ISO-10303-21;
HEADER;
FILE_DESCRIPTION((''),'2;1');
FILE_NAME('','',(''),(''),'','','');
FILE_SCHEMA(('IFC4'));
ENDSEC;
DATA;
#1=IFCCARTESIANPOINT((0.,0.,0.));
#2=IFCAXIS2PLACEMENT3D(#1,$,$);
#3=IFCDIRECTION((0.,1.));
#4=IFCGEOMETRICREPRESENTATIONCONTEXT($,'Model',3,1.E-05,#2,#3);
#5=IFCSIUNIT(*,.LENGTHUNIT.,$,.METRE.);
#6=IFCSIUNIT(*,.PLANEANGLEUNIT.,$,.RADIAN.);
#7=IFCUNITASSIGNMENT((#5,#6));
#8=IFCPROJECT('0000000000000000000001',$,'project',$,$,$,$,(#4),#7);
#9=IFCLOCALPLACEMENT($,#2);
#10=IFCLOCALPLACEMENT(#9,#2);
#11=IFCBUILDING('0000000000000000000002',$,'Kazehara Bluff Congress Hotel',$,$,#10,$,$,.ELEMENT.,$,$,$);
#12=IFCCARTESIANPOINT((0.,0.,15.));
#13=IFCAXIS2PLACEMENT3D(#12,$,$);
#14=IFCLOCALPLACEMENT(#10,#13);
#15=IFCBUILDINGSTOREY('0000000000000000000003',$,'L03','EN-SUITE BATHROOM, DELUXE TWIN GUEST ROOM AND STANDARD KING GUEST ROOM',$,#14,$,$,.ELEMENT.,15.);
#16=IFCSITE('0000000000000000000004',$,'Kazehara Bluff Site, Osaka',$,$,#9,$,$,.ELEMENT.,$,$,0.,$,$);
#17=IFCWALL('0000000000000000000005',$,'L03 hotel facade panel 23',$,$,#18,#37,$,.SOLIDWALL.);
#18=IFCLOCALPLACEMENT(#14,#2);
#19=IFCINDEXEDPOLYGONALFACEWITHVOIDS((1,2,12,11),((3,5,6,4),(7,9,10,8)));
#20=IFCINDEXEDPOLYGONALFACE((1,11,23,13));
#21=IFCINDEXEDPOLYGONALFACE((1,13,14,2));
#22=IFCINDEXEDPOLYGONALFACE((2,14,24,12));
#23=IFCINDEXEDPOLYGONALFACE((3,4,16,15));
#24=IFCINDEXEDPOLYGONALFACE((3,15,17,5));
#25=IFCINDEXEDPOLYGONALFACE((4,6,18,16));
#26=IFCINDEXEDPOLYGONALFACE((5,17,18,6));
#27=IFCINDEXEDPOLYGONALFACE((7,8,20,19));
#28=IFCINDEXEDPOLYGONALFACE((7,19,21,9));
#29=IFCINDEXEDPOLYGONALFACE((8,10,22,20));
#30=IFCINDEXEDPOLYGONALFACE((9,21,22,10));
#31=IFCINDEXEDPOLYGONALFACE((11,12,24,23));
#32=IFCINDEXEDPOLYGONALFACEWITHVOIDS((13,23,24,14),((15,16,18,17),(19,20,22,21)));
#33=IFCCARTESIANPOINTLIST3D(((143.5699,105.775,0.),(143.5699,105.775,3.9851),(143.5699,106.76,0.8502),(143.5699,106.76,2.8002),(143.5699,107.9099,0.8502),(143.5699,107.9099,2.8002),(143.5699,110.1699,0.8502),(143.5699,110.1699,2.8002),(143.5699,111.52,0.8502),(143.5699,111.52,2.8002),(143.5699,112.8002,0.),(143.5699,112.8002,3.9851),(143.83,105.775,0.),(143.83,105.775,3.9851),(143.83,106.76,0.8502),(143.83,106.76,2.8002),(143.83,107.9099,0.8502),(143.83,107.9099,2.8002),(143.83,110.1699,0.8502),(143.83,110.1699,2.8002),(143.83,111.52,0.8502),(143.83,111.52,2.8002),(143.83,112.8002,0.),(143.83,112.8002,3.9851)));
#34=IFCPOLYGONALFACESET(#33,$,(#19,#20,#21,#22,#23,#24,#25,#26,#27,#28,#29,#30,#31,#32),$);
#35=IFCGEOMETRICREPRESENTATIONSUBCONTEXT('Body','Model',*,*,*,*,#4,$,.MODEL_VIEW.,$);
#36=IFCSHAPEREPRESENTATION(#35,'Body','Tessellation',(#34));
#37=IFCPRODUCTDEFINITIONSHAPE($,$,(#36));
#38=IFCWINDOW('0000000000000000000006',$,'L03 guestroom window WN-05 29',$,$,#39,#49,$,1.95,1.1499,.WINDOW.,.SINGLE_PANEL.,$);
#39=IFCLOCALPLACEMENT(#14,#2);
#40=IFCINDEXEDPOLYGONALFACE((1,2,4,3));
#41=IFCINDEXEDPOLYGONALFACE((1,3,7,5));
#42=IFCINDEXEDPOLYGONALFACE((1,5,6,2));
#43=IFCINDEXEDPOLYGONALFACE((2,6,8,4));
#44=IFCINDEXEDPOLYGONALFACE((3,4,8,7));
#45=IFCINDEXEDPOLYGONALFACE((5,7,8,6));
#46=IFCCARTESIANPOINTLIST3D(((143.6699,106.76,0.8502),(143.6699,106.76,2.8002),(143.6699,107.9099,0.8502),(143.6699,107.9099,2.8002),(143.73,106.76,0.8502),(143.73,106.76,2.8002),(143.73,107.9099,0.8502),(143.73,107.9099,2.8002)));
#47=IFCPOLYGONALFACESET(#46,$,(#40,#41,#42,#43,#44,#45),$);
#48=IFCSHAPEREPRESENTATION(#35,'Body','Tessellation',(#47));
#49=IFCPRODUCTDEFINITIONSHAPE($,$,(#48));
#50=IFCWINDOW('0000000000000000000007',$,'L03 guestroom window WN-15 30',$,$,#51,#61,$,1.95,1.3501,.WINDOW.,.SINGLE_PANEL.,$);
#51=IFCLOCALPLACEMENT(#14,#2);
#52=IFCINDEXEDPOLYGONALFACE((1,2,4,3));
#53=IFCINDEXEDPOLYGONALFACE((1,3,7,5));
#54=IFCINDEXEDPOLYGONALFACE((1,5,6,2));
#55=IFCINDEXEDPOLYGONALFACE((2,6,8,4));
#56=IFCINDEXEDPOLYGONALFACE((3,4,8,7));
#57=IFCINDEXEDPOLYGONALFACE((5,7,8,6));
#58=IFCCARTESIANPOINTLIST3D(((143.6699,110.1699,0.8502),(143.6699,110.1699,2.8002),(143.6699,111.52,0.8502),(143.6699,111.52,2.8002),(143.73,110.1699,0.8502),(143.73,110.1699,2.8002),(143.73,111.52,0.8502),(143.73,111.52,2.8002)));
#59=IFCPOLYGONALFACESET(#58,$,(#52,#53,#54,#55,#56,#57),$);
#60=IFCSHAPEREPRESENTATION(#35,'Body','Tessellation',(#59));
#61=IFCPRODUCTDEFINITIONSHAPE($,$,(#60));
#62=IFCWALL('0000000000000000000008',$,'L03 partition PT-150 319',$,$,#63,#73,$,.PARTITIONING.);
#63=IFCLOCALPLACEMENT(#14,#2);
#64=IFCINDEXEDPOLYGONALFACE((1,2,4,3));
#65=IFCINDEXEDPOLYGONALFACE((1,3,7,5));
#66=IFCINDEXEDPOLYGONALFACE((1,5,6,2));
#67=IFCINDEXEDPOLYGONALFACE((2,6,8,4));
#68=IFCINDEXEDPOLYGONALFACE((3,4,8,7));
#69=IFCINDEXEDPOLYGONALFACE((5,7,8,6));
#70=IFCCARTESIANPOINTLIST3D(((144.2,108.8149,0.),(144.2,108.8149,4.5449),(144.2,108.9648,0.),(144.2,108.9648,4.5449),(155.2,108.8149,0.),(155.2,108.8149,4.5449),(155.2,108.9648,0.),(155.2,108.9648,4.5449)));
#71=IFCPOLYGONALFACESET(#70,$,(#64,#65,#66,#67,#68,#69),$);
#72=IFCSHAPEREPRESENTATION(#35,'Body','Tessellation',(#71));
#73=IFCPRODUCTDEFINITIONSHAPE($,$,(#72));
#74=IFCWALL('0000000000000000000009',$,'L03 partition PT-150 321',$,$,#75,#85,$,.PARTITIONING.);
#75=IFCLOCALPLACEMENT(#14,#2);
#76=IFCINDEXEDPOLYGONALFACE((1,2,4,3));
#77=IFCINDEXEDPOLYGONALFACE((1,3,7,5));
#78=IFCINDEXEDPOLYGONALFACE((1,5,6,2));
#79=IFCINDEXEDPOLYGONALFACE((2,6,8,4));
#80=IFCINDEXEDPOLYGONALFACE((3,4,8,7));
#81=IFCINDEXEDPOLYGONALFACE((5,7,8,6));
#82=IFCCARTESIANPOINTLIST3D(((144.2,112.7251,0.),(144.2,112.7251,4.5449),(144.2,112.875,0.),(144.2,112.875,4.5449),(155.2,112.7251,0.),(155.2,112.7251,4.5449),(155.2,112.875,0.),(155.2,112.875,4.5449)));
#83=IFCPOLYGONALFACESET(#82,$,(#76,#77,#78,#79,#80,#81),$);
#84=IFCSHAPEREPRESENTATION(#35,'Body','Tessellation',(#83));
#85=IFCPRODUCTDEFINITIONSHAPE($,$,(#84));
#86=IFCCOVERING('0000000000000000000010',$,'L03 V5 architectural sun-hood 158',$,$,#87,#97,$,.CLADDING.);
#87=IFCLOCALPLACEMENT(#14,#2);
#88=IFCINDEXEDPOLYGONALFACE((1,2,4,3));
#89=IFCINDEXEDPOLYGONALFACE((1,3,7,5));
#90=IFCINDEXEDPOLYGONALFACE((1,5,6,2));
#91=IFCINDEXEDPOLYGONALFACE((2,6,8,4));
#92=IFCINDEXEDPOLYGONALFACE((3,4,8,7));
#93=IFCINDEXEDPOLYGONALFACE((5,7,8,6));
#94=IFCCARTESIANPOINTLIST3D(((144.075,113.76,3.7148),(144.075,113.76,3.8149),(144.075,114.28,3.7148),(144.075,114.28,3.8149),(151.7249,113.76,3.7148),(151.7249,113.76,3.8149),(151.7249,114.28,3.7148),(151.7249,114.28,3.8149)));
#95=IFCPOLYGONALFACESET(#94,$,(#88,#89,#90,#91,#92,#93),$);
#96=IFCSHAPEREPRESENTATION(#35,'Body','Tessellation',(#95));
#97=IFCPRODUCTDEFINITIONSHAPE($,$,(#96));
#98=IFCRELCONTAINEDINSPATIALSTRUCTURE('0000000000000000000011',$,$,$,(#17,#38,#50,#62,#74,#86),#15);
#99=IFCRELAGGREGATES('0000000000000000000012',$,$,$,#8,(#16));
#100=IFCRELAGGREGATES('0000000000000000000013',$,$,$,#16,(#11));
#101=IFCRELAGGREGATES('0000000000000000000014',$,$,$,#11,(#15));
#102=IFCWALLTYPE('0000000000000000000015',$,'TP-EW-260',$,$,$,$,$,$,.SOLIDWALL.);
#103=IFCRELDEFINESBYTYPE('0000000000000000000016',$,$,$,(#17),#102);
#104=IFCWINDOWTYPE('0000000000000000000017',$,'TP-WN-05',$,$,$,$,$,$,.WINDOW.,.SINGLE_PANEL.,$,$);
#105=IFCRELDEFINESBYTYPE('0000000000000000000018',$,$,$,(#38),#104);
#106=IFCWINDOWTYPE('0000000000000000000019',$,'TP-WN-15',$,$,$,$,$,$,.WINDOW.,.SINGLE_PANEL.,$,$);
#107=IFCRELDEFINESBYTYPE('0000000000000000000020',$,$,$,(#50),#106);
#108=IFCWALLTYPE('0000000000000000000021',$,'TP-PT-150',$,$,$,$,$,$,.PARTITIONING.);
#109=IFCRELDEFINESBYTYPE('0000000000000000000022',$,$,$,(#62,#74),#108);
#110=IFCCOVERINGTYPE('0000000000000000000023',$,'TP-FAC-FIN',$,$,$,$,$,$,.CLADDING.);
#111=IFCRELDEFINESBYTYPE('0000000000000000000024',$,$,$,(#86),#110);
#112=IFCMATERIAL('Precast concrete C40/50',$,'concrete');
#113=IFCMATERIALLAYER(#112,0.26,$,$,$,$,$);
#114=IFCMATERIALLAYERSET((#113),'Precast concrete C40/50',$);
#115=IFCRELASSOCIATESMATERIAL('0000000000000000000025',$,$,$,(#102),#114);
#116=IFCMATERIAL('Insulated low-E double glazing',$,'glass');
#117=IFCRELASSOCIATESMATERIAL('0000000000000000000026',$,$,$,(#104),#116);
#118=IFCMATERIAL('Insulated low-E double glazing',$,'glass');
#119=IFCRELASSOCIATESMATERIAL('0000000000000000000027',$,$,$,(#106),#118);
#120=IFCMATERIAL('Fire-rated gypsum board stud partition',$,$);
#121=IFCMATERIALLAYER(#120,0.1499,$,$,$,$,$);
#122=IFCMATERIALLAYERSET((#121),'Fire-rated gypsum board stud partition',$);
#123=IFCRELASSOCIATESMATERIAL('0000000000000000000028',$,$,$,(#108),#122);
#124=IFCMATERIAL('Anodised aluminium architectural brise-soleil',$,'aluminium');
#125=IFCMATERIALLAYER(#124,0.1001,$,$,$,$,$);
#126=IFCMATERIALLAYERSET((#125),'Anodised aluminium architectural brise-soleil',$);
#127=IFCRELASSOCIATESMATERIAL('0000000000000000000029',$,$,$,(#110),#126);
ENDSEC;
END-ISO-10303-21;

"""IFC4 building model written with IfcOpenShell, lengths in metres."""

from ifc_helpers import new_model, si_unit, direction, frame, frame_2d, origin, origin_2d, place, context, subcontext, project, spatial, rectangle, extrude, material, layer, layer_set, type_object, element, fill, save


model = new_model("IFC4")

# Units and contexts
model_context = context("Model", 3, precision=1e-05, world=origin(), true_north=direction((0.0, 1.0)))
body_context = subcontext(model_context, "Body", "Model", "MODEL_VIEW")
ifc_project = project(units=[si_unit("LENGTHUNIT", "METRE"), si_unit("PLANEANGLEUNIT", "RADIAN")], contexts=[model_context])

# Site, building, storey
site_placement = place(None, origin())
site = spatial("IfcSite", under=ifc_project, at=site_placement, Name="Kazehara Bluff Site, Osaka", CompositionType="ELEMENT", RefElevation=0.0)
building_placement = place(site_placement, origin())
building = spatial("IfcBuilding", under=site, at=building_placement, Name="Kazehara Bluff Congress Hotel", CompositionType="ELEMENT")
storey_placement = place(building_placement, frame((0.0, 0.0, 15.0)))
storey = spatial("IfcBuildingStorey", under=building, at=storey_placement, Name="L03", Description="EN-SUITE BATHROOM, DELUXE TWIN GUEST ROOM AND STANDARD KING GUEST ROOM", CompositionType="ELEMENT", Elevation=15.0)

# Wall, openings, windows
ifc_material_1 = material(Name="Precast concrete C40/50", Category="concrete")
ifc_layer_1 = layer(ifc_material_1, 0.26)
ifc_layer_set_1 = layer_set([ifc_layer_1], Name="Precast concrete C40/50")
wall_type_1 = type_object("IfcWallType", Name="TP-EW-260", PredefinedType="SOLIDWALL", material=ifc_layer_set_1)
wall_1_placement = place(storey_placement, frame((143.7, 105.7749, 0.0), z_axis=(0.0, 0.0, 1.0), x_axis=(0.0, 1.0, 0.0)))
wall_1 = element("IfcWall", 1, at=wall_1_placement, inside=storey, type_object=wall_type_1, Name="L03 hotel facade panel 23", PredefinedType="SOLIDWALL", context=body_context, shape_type="SweptSolid", body=[
    extrude(rectangle(XDim=7.0251, YDim=0.26, at=frame_2d((3.5127, 0.0))), origin(), (0.0, 0.0, 1.0), 3.9851),
])
opening_1_placement = place(wall_1_placement, frame((0.9851, 0.0, 0.8501)))
opening_1 = element("IfcOpeningElement", 2, at=opening_1_placement, cuts=wall_1, PredefinedType="OPENING", context=body_context, shape_type="SweptSolid", body=[
    extrude(rectangle(XDim=1.1499, YDim=1.95, at=frame_2d((0.575, 0.9751))), frame((0.0, 0.1399, 0.0), z_axis=(0.0, -1.0, 0.0), x_axis=(1.0, 0.0, 0.0)), (0.0, 0.0, 1.0), 0.28),
])
opening_2_placement = place(wall_1_placement, frame((4.395, 0.0, 0.8501)))
opening_2 = element("IfcOpeningElement", 3, at=opening_2_placement, cuts=wall_1, PredefinedType="OPENING", context=body_context, shape_type="SweptSolid", body=[
    extrude(rectangle(XDim=1.3501, YDim=1.95, at=frame_2d((0.675, 0.9751))), frame((0.0, 0.1399, 0.0), z_axis=(0.0, -1.0, 0.0), x_axis=(1.0, 0.0, 0.0)), (0.0, 0.0, 1.0), 0.28),
])
ifc_material_2 = material(Name="Insulated low-E double glazing", Category="glass")
window_type_1 = type_object("IfcWindowType", Name="TP-WN-05", PartitioningType="SINGLE_PANEL", PredefinedType="WINDOW", material=ifc_material_2)
window_1_placement = place(opening_1_placement, origin())
window_1 = element("IfcWindow", 4, at=window_1_placement, inside=storey, type_object=window_type_1, Name="L03 guestroom window WN-05 29", OverallHeight=1.95, OverallWidth=1.1499, PartitioningType="SINGLE_PANEL", PredefinedType="WINDOW", context=body_context, shape_type="SweptSolid", body=[
    extrude(rectangle(XDim=1.1499, YDim=1.95, at=frame_2d((0.575, 0.9751))), frame((0.0, 0.03, 0.0), z_axis=(0.0, -1.0, 0.0), x_axis=(1.0, 0.0, 0.0)), (0.0, 0.0, 1.0), 0.0601),
])
fill(opening_1, window_1)
ifc_material_3 = material(Name="Insulated low-E double glazing", Category="glass")
window_type_2 = type_object("IfcWindowType", Name="TP-WN-15", PartitioningType="SINGLE_PANEL", PredefinedType="WINDOW", material=ifc_material_3)
window_2_placement = place(opening_2_placement, origin())
window_2 = element("IfcWindow", 5, at=window_2_placement, inside=storey, type_object=window_type_2, Name="L03 guestroom window WN-15 30", OverallHeight=1.95, OverallWidth=1.3501, PartitioningType="SINGLE_PANEL", PredefinedType="WINDOW", context=body_context, shape_type="SweptSolid", body=[
    extrude(rectangle(XDim=1.3501, YDim=1.95, at=frame_2d((0.675, 0.9751))), frame((0.0, 0.03, 0.0), z_axis=(0.0, -1.0, 0.0), x_axis=(1.0, 0.0, 0.0)), (0.0, 0.0, 1.0), 0.0601),
])
fill(opening_2, window_2)

# Walls
ifc_material_4 = material(Name="Fire-rated gypsum board stud partition")
ifc_layer_2 = layer(ifc_material_4, 0.1499)
ifc_layer_set_2 = layer_set([ifc_layer_2], Name="Fire-rated gypsum board stud partition")
wall_type_2 = type_object("IfcWallType", Name="TP-PT-150", PredefinedType="PARTITIONING", material=ifc_layer_set_2)
for number, where, z_axis, x_axis, name in (
    (6, (144.2, 108.8899, 0.0), (0.0, 0.0, 1.0), (1.0, 0.0, 0.0), "L03 partition PT-150 319"),
    (7, (144.2, 112.8, 0.0), (0.0, 0.0, 1.0), (1.0, 0.0, 0.0), "L03 partition PT-150 321"),
):
    element("IfcWall", number, at=place(storey_placement, frame(where, z_axis=z_axis, x_axis=x_axis)), inside=storey, type_object=wall_type_2, Name=name, PredefinedType="PARTITIONING", context=body_context, shape_type="SweptSolid", body=[
        extrude(rectangle(XDim=11.0, YDim=0.1499, at=frame_2d((5.5, 0.0))), origin(), (0.0, 0.0, 1.0), 4.5449),
    ])

# Covering
ifc_material_5 = material(Name="Anodised aluminium architectural brise-soleil", Category="aluminium")
ifc_layer_3 = layer(ifc_material_5, 0.1001)
ifc_layer_set_3 = layer_set([ifc_layer_3], Name="Anodised aluminium architectural brise-soleil")
covering_type = type_object("IfcCoveringType", Name="TP-FAC-FIN", PredefinedType="CLADDING", material=ifc_layer_set_3)
covering_placement = place(storey_placement, frame((147.8999, 114.02, 3.7148), z_axis=(0.0, 0.0, 1.0), x_axis=(1.0, 0.0, 0.0)))
element("IfcCovering", 8, at=covering_placement, inside=storey, type_object=covering_type, Name="L03 V5 architectural sun-hood 158", PredefinedType="CLADDING", context=body_context, shape_type="SweptSolid", body=[
    extrude(rectangle(XDim=7.6499, YDim=0.52, at=origin_2d()), origin(), (0.0, 0.0, 1.0), 0.1001),
])

save(model, "model.ifc")
